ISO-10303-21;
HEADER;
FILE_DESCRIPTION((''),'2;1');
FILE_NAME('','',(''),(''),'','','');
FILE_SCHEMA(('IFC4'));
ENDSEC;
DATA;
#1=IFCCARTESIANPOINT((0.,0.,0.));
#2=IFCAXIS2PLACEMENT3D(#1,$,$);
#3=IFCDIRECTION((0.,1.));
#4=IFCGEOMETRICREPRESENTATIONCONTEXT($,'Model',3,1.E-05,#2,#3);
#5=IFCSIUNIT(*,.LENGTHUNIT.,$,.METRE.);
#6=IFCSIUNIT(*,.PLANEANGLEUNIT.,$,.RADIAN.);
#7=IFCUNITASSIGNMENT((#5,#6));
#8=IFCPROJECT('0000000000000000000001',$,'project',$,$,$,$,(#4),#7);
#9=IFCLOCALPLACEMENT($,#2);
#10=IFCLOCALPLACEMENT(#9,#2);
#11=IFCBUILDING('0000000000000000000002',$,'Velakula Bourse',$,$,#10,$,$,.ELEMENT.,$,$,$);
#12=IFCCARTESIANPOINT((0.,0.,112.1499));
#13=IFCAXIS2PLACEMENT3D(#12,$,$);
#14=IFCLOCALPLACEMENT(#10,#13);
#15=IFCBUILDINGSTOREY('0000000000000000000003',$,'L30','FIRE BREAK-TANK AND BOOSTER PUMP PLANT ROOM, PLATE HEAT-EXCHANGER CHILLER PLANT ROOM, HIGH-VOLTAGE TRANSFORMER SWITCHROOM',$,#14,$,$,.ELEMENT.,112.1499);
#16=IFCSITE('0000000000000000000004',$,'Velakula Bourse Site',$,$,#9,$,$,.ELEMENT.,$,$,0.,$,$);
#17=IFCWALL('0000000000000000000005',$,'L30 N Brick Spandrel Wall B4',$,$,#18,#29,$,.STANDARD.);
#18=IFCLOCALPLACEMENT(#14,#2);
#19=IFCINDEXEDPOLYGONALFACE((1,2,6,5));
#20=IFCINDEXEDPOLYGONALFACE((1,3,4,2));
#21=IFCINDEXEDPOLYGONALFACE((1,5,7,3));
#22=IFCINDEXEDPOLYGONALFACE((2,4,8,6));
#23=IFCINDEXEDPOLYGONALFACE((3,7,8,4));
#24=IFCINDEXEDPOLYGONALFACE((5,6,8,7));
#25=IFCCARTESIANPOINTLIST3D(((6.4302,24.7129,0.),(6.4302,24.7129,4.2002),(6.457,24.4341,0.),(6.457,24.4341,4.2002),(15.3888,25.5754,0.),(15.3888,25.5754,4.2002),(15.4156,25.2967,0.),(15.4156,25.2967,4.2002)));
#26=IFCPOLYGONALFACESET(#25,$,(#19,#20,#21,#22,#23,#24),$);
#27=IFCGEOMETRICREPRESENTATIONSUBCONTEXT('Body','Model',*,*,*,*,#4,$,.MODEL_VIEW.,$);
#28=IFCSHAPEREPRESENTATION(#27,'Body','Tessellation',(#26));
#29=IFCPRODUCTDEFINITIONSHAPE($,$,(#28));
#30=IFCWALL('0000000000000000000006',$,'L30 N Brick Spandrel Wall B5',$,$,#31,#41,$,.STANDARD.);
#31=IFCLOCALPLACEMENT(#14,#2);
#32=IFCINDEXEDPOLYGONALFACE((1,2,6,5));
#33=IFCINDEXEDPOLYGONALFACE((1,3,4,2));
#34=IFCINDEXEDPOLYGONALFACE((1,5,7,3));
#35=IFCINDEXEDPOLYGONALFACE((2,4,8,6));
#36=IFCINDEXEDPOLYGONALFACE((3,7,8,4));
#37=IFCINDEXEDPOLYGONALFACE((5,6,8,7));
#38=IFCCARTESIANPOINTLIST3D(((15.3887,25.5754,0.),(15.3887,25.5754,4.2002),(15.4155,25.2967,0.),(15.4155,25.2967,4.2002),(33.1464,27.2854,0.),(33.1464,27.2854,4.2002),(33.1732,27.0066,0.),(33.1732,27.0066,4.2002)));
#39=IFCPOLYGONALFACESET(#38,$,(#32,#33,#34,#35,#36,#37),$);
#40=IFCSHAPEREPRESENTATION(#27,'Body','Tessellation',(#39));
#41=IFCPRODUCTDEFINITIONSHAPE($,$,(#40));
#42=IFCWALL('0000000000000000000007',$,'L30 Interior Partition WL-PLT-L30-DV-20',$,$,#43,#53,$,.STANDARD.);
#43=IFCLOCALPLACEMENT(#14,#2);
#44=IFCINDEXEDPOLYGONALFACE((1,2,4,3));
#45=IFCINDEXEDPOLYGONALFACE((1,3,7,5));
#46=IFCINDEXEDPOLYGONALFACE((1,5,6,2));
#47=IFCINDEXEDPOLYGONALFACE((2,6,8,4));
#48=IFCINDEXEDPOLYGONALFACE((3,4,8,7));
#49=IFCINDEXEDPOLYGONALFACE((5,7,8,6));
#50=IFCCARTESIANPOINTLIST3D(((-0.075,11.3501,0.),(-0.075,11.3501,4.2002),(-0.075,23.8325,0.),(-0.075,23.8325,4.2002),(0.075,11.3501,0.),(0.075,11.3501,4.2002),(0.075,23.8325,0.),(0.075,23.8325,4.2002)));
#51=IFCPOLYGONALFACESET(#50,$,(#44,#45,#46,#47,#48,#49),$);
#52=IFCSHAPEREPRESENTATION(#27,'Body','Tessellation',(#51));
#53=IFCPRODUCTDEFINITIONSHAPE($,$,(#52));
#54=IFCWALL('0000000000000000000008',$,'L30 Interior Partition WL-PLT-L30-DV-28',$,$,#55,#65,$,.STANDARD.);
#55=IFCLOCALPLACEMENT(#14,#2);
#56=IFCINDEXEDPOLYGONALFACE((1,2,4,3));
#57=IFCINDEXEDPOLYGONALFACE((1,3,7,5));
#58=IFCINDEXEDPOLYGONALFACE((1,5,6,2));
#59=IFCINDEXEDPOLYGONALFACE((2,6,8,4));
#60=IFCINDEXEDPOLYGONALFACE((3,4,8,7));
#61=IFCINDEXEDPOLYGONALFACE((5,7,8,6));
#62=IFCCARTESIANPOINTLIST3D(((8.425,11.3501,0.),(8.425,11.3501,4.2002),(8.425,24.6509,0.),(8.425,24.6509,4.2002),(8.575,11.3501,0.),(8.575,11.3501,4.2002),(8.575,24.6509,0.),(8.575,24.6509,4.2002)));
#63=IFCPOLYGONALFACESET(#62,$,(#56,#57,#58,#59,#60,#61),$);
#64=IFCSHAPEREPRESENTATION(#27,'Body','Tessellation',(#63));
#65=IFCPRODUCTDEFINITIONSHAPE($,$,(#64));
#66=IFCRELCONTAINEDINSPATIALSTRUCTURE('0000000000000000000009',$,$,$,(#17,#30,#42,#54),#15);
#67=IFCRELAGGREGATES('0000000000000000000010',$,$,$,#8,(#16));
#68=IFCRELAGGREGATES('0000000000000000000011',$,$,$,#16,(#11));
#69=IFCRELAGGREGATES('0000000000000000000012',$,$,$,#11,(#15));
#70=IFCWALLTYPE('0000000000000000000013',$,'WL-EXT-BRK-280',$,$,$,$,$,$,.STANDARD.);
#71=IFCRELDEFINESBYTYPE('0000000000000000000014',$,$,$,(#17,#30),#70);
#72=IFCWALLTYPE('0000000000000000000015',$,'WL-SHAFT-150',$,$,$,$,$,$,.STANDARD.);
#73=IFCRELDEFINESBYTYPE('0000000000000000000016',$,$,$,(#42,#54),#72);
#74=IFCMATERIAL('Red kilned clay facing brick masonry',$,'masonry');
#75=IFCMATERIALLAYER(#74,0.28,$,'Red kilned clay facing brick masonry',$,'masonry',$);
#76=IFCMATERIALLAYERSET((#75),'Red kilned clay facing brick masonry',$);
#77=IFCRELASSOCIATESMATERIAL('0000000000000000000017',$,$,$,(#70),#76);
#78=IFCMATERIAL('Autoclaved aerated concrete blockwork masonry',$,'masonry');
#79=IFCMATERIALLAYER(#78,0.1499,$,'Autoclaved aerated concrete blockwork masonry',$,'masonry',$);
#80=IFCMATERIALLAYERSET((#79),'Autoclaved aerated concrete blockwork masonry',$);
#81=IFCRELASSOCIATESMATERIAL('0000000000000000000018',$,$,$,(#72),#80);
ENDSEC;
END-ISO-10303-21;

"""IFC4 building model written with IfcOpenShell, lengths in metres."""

from ifc_helpers import new_model, si_unit, direction, frame, frame_2d, origin, place, context, subcontext, project, spatial, rectangle, extrude, material, layer, layer_set, type_object, element, save


model = new_model("IFC4")

# Units and contexts
model_context = context("Model", 3, precision=1e-05, world=origin(), true_north=direction((0.0, 1.0)))
body_context = subcontext(model_context, "Body", "Model", "MODEL_VIEW")
ifc_project = project(units=[si_unit("LENGTHUNIT", "METRE"), si_unit("PLANEANGLEUNIT", "RADIAN")], contexts=[model_context])

# Site, building, storey
site_placement = place(None, origin())
site = spatial("IfcSite", under=ifc_project, at=site_placement, Name="Velakula Bourse Site", CompositionType="ELEMENT", RefElevation=0.0)
building_placement = place(site_placement, origin())
building = spatial("IfcBuilding", under=site, at=building_placement, Name="Velakula Bourse", CompositionType="ELEMENT")
storey_placement = place(building_placement, frame((0.0, 0.0, 112.1499)))
storey = spatial("IfcBuildingStorey", under=building, at=storey_placement, Name="L30", Description="FIRE BREAK-TANK AND BOOSTER PUMP PLANT ROOM, PLATE HEAT-EXCHANGER CHILLER PLANT ROOM, HIGH-VOLTAGE TRANSFORMER SWITCHROOM", CompositionType="ELEMENT", Elevation=112.1499)

# Walls
ifc_material_1 = material(Name="Red kilned clay facing brick masonry", Category="masonry")
ifc_layer_1 = layer(ifc_material_1, 0.28, Name="Red kilned clay facing brick masonry", Category="masonry")
ifc_layer_set_1 = layer_set([ifc_layer_1], Name="Red kilned clay facing brick masonry")
wall_type_1 = type_object("IfcWallType", Name="WL-EXT-BRK-280", PredefinedType="STANDARD", material=ifc_layer_set_1)
wall_1_placement = place(storey_placement, frame((6.4436, 24.5735, 0.0), z_axis=(0.0, 0.0, 1.0), x_axis=(0.995397, 0.09584, 0.0)))
element("IfcWall", 1, at=wall_1_placement, inside=storey, type_object=wall_type_1, Name="L30 N Brick Spandrel Wall B4", PredefinedType="STANDARD", context=body_context, shape_type="SweptSolid", body=[
    extrude(rectangle(XDim=9.0, YDim=0.28, at=frame_2d((4.5, 0.0))), origin(), (0.0, 0.0, 1.0), 4.2002),
])
wall_2_placement = place(storey_placement, frame((15.4021, 25.436, 0.0), z_axis=(0.0, 0.0, 1.0), x_axis=(0.995396, 0.09585, 0.0)))
element("IfcWall", 2, at=wall_2_placement, inside=storey, type_object=wall_type_1, Name="L30 N Brick Spandrel Wall B5", PredefinedType="STANDARD", context=body_context, shape_type="SweptSolid", body=[
    extrude(rectangle(XDim=17.8398, YDim=0.28, at=frame_2d((8.9199, 0.0))), origin(), (0.0, 0.0, 1.0), 4.2002),
])
ifc_material_2 = material(Name="Autoclaved aerated concrete blockwork masonry", Category="masonry")
ifc_layer_2 = layer(ifc_material_2, 0.1499, Name="Autoclaved aerated concrete blockwork masonry", Category="masonry")
ifc_layer_set_2 = layer_set([ifc_layer_2], Name="Autoclaved aerated concrete blockwork masonry")
wall_type_2 = type_object("IfcWallType", Name="WL-SHAFT-150", PredefinedType="STANDARD", material=ifc_layer_set_2)
wall_3_placement = place(storey_placement, frame((0.0, 11.3501, 0.0), z_axis=(0.0, 0.0, 1.0), x_axis=(0.0, 1.0, 0.0)))
element("IfcWall", 3, at=wall_3_placement, inside=storey, type_object=wall_type_2, Name="L30 Interior Partition WL-PLT-L30-DV-20", PredefinedType="STANDARD", context=body_context, shape_type="SweptSolid", body=[
    extrude(rectangle(XDim=12.4824, YDim=0.1499, at=frame_2d((6.2412, 0.0))), origin(), (0.0, 0.0, 1.0), 4.2002),
])
wall_4_placement = place(storey_placement, frame((8.5, 11.3501, 0.0), z_axis=(0.0, 0.0, 1.0), x_axis=(0.0, 1.0, 0.0)))
element("IfcWall", 4, at=wall_4_placement, inside=storey, type_object=wall_type_2, Name="L30 Interior Partition WL-PLT-L30-DV-28", PredefinedType="STANDARD", context=body_context, shape_type="SweptSolid", body=[
    extrude(rectangle(XDim=13.3008, YDim=0.1499, at=frame_2d((6.6504, 0.0))), origin(), (0.0, 0.0, 1.0), 4.2002),
])

save(model, "model.ifc")
